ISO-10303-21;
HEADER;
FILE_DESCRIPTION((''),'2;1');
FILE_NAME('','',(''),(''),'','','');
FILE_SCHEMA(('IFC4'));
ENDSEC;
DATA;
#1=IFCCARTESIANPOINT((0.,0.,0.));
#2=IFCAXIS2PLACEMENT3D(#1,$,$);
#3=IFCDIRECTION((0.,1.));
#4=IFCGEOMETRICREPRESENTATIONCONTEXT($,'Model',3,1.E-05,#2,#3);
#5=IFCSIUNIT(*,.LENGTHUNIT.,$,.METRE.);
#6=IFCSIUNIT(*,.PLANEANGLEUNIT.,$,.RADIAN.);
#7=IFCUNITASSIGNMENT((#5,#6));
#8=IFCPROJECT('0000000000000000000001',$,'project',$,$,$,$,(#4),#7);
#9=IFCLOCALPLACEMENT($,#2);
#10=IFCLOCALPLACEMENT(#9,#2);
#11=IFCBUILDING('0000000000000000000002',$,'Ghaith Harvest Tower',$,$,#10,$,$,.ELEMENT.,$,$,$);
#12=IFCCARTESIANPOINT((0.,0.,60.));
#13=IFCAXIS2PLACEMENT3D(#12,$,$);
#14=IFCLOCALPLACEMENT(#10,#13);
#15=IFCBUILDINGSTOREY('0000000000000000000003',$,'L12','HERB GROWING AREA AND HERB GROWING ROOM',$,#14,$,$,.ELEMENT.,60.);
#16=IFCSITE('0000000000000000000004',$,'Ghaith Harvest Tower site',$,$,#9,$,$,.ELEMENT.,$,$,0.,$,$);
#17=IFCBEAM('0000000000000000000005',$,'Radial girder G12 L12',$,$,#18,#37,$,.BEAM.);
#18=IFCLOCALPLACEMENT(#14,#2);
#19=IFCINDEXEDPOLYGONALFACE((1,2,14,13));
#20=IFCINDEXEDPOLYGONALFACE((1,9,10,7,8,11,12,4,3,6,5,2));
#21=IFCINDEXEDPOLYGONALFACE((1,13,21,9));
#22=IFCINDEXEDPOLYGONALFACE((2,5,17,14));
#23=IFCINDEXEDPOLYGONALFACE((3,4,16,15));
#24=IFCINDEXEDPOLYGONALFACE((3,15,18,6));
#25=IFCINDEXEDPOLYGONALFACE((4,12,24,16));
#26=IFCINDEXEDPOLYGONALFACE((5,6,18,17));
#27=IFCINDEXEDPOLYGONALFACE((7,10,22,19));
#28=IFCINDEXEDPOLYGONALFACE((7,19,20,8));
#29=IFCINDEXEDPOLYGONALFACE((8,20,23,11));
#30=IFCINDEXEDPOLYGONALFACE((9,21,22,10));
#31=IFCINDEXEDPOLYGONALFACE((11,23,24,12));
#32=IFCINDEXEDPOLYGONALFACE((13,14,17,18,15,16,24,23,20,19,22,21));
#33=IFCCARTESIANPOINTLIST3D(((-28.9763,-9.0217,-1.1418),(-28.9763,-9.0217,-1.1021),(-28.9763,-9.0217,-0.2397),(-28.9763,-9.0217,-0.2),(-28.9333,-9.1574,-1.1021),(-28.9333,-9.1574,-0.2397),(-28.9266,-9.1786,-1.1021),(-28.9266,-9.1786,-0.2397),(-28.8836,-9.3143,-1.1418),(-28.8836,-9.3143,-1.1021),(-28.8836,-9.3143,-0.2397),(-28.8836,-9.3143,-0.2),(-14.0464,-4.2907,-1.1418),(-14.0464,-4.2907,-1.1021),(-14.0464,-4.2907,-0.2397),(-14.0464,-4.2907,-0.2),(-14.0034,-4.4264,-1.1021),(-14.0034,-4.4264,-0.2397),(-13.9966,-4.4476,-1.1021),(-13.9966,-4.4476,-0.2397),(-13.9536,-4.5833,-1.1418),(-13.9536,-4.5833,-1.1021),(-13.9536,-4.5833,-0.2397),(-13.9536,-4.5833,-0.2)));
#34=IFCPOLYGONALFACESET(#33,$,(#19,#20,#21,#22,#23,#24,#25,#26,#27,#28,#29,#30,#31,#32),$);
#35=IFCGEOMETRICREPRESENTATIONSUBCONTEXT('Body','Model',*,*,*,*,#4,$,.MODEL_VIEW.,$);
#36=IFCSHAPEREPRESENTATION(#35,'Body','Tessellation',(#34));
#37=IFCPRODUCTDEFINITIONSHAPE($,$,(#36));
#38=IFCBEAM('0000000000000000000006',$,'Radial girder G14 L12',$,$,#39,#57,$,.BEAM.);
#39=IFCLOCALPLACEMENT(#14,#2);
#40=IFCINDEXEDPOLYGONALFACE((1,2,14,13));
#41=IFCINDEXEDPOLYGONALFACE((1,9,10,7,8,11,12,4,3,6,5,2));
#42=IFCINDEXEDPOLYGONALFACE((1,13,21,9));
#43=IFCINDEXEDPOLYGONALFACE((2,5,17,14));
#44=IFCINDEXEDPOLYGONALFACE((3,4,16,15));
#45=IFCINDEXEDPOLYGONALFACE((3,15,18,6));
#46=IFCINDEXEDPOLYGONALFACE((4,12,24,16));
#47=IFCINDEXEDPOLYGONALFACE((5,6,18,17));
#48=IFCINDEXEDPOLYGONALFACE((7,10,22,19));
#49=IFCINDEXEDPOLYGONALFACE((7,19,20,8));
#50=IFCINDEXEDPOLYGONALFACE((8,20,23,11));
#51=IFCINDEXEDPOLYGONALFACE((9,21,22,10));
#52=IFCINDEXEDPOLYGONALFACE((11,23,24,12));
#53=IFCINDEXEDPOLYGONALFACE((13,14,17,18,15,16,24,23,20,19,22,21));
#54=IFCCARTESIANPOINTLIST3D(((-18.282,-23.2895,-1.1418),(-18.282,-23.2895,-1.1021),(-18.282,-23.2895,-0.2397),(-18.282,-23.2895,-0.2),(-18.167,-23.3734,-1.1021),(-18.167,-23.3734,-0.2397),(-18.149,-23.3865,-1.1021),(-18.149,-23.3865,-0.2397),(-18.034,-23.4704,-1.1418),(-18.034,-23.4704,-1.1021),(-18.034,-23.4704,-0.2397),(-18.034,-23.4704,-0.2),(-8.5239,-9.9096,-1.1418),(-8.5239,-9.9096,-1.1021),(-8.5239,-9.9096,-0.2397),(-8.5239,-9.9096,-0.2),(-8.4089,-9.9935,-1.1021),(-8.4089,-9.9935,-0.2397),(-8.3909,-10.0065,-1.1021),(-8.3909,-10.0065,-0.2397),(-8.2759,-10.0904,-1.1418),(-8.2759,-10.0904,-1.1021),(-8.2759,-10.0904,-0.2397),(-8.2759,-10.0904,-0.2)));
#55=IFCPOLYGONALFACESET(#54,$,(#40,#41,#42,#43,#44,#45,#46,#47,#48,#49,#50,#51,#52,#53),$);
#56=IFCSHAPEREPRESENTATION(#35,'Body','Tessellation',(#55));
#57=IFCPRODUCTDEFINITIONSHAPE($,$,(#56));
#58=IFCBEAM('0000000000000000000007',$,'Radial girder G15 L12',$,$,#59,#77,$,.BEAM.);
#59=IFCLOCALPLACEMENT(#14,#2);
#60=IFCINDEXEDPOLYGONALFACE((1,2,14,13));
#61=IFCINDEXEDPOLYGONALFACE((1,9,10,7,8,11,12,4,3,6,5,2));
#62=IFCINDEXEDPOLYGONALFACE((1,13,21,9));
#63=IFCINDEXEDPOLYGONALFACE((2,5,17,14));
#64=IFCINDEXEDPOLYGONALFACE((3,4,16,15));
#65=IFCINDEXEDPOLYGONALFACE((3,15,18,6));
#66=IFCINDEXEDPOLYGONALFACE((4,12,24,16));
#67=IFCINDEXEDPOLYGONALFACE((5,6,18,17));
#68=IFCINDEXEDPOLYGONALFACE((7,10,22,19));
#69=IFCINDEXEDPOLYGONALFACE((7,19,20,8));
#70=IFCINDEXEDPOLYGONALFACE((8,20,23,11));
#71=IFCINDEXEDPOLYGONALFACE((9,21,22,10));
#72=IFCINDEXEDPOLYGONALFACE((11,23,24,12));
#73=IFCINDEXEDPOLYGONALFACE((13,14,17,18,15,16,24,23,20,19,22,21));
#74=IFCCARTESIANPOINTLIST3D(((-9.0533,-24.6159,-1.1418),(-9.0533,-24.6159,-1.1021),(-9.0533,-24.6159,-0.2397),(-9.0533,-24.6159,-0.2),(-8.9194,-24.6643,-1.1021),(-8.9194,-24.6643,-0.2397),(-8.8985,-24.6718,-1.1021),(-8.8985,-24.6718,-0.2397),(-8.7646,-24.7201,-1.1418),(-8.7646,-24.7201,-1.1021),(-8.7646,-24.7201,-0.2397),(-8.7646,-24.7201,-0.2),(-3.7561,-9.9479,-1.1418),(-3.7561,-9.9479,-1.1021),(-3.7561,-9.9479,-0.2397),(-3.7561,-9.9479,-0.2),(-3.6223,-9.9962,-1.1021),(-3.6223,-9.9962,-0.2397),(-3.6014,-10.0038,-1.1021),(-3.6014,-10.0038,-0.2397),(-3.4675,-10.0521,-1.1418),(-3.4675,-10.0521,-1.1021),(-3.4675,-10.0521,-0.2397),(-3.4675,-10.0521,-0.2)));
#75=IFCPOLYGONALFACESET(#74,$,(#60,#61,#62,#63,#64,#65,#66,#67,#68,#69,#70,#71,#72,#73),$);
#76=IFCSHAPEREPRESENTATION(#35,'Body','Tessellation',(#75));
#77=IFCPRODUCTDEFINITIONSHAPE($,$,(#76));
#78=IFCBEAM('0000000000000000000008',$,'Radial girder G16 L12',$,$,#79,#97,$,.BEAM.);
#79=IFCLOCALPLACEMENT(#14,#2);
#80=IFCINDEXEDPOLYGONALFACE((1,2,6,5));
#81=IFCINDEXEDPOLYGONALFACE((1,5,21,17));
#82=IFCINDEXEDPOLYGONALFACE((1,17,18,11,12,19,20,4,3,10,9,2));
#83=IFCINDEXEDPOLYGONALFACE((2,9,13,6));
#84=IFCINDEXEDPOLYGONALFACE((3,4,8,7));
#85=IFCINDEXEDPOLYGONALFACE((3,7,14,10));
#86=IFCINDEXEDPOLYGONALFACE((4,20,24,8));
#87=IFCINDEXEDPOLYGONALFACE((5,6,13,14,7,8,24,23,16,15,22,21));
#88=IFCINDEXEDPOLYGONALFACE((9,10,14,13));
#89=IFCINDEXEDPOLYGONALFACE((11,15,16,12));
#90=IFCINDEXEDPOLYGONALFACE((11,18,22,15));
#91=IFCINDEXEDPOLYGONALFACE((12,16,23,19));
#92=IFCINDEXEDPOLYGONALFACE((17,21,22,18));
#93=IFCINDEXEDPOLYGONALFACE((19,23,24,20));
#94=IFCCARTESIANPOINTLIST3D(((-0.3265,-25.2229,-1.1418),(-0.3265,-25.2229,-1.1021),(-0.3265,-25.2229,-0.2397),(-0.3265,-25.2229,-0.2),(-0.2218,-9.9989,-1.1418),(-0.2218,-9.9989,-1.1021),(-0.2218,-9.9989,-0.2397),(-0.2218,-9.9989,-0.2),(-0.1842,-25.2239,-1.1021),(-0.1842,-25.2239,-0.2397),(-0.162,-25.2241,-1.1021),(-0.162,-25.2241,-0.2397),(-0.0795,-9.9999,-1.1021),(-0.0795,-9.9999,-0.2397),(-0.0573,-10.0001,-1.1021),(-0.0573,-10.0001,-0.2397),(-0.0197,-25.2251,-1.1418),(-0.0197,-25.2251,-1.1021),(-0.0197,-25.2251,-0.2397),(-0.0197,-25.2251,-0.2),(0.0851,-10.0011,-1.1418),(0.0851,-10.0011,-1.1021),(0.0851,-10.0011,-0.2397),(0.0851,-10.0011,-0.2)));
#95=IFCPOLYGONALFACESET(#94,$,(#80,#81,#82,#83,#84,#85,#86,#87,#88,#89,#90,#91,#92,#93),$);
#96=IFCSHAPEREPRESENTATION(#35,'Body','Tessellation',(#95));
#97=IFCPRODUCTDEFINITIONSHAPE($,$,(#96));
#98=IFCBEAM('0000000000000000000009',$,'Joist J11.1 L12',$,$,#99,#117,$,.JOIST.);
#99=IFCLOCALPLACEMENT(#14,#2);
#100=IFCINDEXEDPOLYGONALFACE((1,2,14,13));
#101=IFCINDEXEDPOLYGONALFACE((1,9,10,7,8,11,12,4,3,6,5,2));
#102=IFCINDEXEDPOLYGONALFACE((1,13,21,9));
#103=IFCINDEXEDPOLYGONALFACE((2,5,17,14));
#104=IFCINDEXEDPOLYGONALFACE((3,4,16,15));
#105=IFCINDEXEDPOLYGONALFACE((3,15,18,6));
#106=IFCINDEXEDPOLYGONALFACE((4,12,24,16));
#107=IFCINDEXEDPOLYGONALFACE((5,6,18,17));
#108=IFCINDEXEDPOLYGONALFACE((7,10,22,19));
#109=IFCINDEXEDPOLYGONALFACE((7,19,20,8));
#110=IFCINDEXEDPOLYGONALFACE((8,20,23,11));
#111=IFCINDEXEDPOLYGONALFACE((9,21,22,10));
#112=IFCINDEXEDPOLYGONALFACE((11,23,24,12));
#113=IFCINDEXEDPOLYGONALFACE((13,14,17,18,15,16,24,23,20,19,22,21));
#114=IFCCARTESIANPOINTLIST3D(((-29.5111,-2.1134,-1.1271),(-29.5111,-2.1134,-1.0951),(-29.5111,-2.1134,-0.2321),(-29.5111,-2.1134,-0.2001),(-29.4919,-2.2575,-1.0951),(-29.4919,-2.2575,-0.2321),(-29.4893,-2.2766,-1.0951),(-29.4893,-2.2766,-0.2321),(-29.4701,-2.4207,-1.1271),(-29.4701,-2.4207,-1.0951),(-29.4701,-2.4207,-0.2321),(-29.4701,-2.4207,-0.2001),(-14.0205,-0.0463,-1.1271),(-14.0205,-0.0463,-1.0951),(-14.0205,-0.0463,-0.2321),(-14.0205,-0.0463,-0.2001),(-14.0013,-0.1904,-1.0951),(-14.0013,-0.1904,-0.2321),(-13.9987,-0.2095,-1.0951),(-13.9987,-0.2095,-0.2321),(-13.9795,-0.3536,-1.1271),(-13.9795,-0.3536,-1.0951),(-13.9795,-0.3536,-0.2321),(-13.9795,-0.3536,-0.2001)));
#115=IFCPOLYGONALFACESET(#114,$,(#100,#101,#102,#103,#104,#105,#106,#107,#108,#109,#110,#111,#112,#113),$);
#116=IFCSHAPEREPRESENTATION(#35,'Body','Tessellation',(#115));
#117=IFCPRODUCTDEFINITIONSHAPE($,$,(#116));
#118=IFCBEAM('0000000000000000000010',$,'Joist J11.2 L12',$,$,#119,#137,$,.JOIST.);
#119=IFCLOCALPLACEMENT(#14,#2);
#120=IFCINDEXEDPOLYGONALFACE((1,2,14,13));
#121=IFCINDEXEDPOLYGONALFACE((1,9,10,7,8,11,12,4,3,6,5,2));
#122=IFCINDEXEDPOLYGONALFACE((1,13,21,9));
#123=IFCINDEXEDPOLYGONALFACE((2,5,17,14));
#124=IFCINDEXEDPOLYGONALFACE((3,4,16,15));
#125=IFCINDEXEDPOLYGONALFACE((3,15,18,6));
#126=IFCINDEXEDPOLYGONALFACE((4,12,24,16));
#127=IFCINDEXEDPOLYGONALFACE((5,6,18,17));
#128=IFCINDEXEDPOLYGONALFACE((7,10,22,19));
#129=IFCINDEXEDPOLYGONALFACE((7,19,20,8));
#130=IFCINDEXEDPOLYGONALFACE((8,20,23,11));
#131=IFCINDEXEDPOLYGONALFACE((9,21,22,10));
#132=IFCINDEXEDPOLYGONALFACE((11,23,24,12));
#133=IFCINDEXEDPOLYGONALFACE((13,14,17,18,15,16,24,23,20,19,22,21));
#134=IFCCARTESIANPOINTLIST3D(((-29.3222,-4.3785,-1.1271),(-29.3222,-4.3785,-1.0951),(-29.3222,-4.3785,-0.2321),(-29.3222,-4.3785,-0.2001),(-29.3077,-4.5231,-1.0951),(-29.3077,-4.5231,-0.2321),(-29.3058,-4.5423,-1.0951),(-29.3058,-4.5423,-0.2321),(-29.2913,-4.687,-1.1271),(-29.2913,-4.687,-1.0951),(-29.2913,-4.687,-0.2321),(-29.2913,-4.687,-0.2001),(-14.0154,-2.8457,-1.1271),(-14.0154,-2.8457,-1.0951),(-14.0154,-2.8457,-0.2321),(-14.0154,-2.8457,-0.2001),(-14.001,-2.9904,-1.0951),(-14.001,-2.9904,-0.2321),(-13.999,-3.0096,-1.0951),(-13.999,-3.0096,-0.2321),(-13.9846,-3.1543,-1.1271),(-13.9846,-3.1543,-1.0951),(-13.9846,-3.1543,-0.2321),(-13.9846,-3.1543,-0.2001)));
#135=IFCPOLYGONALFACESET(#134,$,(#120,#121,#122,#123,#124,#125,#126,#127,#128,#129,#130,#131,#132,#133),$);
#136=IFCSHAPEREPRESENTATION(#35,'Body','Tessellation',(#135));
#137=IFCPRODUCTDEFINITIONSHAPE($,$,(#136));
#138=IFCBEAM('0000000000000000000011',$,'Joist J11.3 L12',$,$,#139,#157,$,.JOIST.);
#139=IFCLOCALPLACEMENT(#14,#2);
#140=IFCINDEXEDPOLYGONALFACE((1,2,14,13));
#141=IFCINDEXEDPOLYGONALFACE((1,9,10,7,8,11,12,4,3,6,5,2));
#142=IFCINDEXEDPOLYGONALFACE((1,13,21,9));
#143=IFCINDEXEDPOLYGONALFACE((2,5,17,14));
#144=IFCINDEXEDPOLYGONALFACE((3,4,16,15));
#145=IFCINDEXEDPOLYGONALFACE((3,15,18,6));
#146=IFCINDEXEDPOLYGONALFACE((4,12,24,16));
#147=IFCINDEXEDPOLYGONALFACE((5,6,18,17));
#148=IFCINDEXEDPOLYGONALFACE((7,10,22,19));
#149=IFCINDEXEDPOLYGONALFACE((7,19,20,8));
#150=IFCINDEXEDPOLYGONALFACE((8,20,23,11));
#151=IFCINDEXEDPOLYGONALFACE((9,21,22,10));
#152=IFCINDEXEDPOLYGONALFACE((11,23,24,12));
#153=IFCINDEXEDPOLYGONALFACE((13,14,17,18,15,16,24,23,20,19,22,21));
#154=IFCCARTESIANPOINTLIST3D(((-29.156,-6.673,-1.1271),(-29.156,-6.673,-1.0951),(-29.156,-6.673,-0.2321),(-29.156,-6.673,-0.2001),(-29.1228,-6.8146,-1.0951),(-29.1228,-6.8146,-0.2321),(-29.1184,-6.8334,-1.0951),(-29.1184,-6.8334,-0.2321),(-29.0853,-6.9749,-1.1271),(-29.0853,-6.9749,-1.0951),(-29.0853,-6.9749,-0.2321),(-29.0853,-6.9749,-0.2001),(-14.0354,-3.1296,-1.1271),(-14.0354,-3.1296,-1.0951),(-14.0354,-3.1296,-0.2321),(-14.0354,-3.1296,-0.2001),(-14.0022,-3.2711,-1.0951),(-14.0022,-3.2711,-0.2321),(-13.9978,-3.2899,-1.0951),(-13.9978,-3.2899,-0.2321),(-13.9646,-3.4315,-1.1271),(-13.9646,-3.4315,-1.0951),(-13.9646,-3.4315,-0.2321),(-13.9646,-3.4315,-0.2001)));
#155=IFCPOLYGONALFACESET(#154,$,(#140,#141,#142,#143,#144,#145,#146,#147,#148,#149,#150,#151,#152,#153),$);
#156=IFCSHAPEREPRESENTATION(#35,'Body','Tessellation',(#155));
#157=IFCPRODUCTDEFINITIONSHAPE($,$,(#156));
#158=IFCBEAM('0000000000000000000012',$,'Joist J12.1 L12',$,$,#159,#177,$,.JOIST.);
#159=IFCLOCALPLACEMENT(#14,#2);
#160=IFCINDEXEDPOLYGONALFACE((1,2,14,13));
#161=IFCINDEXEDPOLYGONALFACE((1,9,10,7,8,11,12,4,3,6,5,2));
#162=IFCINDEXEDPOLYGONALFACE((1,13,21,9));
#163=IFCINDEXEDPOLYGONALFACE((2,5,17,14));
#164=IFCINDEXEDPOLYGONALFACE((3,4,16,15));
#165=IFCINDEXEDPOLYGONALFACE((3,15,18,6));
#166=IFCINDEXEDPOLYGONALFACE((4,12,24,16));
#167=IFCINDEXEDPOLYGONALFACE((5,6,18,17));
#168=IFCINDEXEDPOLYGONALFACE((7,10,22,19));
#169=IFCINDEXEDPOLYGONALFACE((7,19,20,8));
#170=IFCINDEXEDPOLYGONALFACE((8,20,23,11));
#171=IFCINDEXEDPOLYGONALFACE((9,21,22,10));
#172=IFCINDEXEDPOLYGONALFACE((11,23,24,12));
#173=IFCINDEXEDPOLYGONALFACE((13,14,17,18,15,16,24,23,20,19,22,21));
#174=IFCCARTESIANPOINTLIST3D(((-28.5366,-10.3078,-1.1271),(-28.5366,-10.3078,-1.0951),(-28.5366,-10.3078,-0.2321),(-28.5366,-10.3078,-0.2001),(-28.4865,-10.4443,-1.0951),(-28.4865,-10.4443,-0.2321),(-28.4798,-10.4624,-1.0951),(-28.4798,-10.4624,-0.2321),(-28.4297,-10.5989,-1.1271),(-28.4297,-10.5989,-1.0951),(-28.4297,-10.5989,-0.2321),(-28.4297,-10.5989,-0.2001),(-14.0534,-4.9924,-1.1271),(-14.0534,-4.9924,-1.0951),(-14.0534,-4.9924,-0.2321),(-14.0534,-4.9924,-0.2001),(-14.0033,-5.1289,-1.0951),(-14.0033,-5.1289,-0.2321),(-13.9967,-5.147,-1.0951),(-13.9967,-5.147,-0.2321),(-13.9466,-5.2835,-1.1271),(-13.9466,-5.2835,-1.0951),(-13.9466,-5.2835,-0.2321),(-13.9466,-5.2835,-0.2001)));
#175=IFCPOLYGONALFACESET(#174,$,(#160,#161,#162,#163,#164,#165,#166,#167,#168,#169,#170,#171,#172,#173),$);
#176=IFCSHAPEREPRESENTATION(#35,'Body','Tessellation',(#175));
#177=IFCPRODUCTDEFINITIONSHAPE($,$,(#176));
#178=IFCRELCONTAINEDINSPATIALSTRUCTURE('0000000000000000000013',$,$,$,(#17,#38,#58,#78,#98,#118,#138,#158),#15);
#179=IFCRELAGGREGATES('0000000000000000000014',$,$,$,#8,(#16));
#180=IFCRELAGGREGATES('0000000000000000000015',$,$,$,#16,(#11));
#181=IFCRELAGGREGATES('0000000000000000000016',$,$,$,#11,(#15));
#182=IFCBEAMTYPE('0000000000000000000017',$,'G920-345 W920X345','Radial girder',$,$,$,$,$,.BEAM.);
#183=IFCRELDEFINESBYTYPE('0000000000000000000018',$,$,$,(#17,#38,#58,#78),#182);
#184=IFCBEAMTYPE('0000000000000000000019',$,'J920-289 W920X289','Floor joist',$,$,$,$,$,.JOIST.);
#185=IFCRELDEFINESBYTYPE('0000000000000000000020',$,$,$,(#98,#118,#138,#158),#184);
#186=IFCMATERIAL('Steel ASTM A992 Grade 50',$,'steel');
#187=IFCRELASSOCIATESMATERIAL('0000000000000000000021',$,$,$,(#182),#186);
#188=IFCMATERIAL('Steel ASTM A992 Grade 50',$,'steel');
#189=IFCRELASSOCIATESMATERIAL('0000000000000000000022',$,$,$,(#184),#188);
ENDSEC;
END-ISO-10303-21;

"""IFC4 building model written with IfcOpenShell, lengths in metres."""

from ifc_helpers import new_model, si_unit, direction, frame, origin, origin_2d, place, context, subcontext, project, spatial, i_section, extrude, material, material_profile, profile_set, type_object, element, save


model = new_model("IFC4")

# Units and contexts
model_context = context("Model", 3, precision=1e-05, world=origin(), true_north=direction((0.0, 1.0)))
body_context = subcontext(model_context, "Body", "Model", "MODEL_VIEW")
ifc_project = project(units=[si_unit("LENGTHUNIT", "METRE"), si_unit("PLANEANGLEUNIT", "RADIAN")], contexts=[model_context])

# Site, building, storey
site_placement = place(None, origin())
site = spatial("IfcSite", under=ifc_project, at=site_placement, Name="Ghaith Harvest Tower site", CompositionType="ELEMENT", RefElevation=0.0)
building_placement = place(site_placement, origin())
building = spatial("IfcBuilding", under=site, at=building_placement, Name="Ghaith Harvest Tower", CompositionType="ELEMENT")
storey_placement = place(building_placement, frame((0.0, 0.0, 60.0)))
storey = spatial("IfcBuildingStorey", under=building, at=storey_placement, Name="L12", Description="HERB GROWING AREA AND HERB GROWING ROOM", CompositionType="ELEMENT", Elevation=60.0)

# Beams
ifc_material_1 = material(Name="Steel ASTM A992 Grade 50", Category="steel")
ifc_material_profile_1 = material_profile(ifc_material_1, i_section(OverallWidth=0.3069, OverallDepth=0.9419, WebThickness=0.0222, FlangeThickness=0.0398, at=origin_2d()), Name="W920X345")
ifc_profile_set_1 = profile_set([ifc_material_profile_1], Name="Steel ASTM A992 Grade 50")
beam_type_1 = type_object("IfcBeamType", Name="G920-345 W920X345", Description="Radial girder", PredefinedType="BEAM", material=ifc_profile_set_1)
beam_1_placement = place(storey_placement, frame((-14.0, -4.437, -0.6709), z_axis=(-0.953284, -0.302074, 0.0), x_axis=(0.302074, -0.953284, 0.0)))
element("IfcBeam", 1, at=beam_1_placement, inside=storey, type_object=beam_type_1, Name="Radial girder G12 L12", PredefinedType="BEAM", context=body_context, shape_type="SweptSolid", body=[
    extrude(i_section(OverallWidth=0.3069, OverallDepth=0.9419, WebThickness=0.0222, FlangeThickness=0.0398, at=origin_2d()), origin(), (0.0, 0.0, 1.0), 15.6616),
])
beam_2_placement = place(storey_placement, frame((-8.3999, -10.0, -0.6709), z_axis=(-0.589247, -0.807953, 0.0), x_axis=(0.807953, -0.589247, 0.0)))
element("IfcBeam", 2, at=beam_2_placement, inside=storey, type_object=beam_type_1, Name="Radial girder G14 L12", PredefinedType="BEAM", context=body_context, shape_type="SweptSolid", body=[
    extrude(i_section(OverallWidth=0.3069, OverallDepth=0.9419, WebThickness=0.0222, FlangeThickness=0.0398, at=origin_2d()), origin(), (0.0, 0.0, 1.0), 16.5603),
])
beam_3_placement = place(storey_placement, frame((-3.6118, -10.0, -0.6709), z_axis=(-0.339664, -0.940547, 0.0), x_axis=(0.940547, -0.339664, 0.0)))
element("IfcBeam", 3, at=beam_3_placement, inside=storey, type_object=beam_type_1, Name="Radial girder G15 L12", PredefinedType="BEAM", context=body_context, shape_type="SweptSolid", body=[
    extrude(i_section(OverallWidth=0.3069, OverallDepth=0.9419, WebThickness=0.0222, FlangeThickness=0.0398, at=origin_2d()), origin(), (0.0, 0.0, 1.0), 15.5952),
])
beam_4_placement = place(storey_placement, frame((-0.0684, -10.0, -0.6709), z_axis=(-0.006879, -0.999976, 0.0), x_axis=(0.999976, -0.006879, 0.0)))
element("IfcBeam", 4, at=beam_4_placement, inside=storey, type_object=beam_type_1, Name="Radial girder G16 L12", PredefinedType="BEAM", context=body_context, shape_type="SweptSolid", body=[
    extrude(i_section(OverallWidth=0.3069, OverallDepth=0.9419, WebThickness=0.0222, FlangeThickness=0.0398, at=origin_2d()), origin(), (0.0, 0.0, 1.0), 15.2244),
])
ifc_material_2 = material(Name="Steel ASTM A992 Grade 50", Category="steel")
ifc_material_profile_2 = material_profile(ifc_material_2, i_section(OverallWidth=0.3101, OverallDepth=0.927, WebThickness=0.0193, FlangeThickness=0.032, at=origin_2d()), Name="W920X289")
ifc_profile_set_2 = profile_set([ifc_material_profile_2], Name="Steel ASTM A992 Grade 50")
beam_type_2 = type_object("IfcBeamType", Name="J920-289 W920X289", Description="Floor joist", PredefinedType="JOIST", material=ifc_profile_set_2)
beam_5_placement = place(storey_placement, frame((-14.0, -0.2, -0.6636), z_axis=(-0.991214, -0.132271, 0.0), x_axis=(0.132271, -0.991214, 0.0)))
element("IfcBeam", 5, at=beam_5_placement, inside=storey, type_object=beam_type_2, Name="Joist J11.1 L12", PredefinedType="JOIST", context=body_context, shape_type="SweptSolid", body=[
    extrude(i_section(OverallWidth=0.3101, OverallDepth=0.927, WebThickness=0.0193, FlangeThickness=0.032, at=origin_2d()), origin(), (0.0, 0.0, 1.0), 15.6279),
])
beam_6_placement = place(storey_placement, frame((-14.0, -3.0, -0.6636), z_axis=(-0.995024, -0.099636, 0.0), x_axis=(0.099636, -0.995024, 0.0)))
element("IfcBeam", 6, at=beam_6_placement, inside=storey, type_object=beam_type_2, Name="Joist J11.2 L12", PredefinedType="JOIST", context=body_context, shape_type="SweptSolid", body=[
    extrude(i_section(OverallWidth=0.3101, OverallDepth=0.927, WebThickness=0.0193, FlangeThickness=0.032, at=origin_2d()), origin(), (0.0, 0.0, 1.0), 15.3833),
])
beam_7_placement = place(storey_placement, frame((-14.0, -3.2805, -0.6636), z_axis=(-0.973623, -0.228165, 0.0), x_axis=(0.228165, -0.973623, 0.0)))
element("IfcBeam", 7, at=beam_7_placement, inside=storey, type_object=beam_type_2, Name="Joist J11.3 L12", PredefinedType="JOIST", context=body_context, shape_type="SweptSolid", body=[
    extrude(i_section(OverallWidth=0.3101, OverallDepth=0.927, WebThickness=0.0193, FlangeThickness=0.032, at=origin_2d()), origin(), (0.0, 0.0, 1.0), 15.5303),
])
beam_8_placement = place(storey_placement, frame((-14.0, -5.1379, -0.6636), z_axis=(-0.938773, -0.344537, 0.0), x_axis=(0.344537, -0.938773, 0.0)))
element("IfcBeam", 8, at=beam_8_placement, inside=storey, type_object=beam_type_2, Name="Joist J12.1 L12", PredefinedType="JOIST", context=body_context, shape_type="SweptSolid", body=[
    extrude(i_section(OverallWidth=0.3101, OverallDepth=0.927, WebThickness=0.0193, FlangeThickness=0.032, at=origin_2d()), origin(), (0.0, 0.0, 1.0), 15.4277),
])

save(model, "model.ifc")
